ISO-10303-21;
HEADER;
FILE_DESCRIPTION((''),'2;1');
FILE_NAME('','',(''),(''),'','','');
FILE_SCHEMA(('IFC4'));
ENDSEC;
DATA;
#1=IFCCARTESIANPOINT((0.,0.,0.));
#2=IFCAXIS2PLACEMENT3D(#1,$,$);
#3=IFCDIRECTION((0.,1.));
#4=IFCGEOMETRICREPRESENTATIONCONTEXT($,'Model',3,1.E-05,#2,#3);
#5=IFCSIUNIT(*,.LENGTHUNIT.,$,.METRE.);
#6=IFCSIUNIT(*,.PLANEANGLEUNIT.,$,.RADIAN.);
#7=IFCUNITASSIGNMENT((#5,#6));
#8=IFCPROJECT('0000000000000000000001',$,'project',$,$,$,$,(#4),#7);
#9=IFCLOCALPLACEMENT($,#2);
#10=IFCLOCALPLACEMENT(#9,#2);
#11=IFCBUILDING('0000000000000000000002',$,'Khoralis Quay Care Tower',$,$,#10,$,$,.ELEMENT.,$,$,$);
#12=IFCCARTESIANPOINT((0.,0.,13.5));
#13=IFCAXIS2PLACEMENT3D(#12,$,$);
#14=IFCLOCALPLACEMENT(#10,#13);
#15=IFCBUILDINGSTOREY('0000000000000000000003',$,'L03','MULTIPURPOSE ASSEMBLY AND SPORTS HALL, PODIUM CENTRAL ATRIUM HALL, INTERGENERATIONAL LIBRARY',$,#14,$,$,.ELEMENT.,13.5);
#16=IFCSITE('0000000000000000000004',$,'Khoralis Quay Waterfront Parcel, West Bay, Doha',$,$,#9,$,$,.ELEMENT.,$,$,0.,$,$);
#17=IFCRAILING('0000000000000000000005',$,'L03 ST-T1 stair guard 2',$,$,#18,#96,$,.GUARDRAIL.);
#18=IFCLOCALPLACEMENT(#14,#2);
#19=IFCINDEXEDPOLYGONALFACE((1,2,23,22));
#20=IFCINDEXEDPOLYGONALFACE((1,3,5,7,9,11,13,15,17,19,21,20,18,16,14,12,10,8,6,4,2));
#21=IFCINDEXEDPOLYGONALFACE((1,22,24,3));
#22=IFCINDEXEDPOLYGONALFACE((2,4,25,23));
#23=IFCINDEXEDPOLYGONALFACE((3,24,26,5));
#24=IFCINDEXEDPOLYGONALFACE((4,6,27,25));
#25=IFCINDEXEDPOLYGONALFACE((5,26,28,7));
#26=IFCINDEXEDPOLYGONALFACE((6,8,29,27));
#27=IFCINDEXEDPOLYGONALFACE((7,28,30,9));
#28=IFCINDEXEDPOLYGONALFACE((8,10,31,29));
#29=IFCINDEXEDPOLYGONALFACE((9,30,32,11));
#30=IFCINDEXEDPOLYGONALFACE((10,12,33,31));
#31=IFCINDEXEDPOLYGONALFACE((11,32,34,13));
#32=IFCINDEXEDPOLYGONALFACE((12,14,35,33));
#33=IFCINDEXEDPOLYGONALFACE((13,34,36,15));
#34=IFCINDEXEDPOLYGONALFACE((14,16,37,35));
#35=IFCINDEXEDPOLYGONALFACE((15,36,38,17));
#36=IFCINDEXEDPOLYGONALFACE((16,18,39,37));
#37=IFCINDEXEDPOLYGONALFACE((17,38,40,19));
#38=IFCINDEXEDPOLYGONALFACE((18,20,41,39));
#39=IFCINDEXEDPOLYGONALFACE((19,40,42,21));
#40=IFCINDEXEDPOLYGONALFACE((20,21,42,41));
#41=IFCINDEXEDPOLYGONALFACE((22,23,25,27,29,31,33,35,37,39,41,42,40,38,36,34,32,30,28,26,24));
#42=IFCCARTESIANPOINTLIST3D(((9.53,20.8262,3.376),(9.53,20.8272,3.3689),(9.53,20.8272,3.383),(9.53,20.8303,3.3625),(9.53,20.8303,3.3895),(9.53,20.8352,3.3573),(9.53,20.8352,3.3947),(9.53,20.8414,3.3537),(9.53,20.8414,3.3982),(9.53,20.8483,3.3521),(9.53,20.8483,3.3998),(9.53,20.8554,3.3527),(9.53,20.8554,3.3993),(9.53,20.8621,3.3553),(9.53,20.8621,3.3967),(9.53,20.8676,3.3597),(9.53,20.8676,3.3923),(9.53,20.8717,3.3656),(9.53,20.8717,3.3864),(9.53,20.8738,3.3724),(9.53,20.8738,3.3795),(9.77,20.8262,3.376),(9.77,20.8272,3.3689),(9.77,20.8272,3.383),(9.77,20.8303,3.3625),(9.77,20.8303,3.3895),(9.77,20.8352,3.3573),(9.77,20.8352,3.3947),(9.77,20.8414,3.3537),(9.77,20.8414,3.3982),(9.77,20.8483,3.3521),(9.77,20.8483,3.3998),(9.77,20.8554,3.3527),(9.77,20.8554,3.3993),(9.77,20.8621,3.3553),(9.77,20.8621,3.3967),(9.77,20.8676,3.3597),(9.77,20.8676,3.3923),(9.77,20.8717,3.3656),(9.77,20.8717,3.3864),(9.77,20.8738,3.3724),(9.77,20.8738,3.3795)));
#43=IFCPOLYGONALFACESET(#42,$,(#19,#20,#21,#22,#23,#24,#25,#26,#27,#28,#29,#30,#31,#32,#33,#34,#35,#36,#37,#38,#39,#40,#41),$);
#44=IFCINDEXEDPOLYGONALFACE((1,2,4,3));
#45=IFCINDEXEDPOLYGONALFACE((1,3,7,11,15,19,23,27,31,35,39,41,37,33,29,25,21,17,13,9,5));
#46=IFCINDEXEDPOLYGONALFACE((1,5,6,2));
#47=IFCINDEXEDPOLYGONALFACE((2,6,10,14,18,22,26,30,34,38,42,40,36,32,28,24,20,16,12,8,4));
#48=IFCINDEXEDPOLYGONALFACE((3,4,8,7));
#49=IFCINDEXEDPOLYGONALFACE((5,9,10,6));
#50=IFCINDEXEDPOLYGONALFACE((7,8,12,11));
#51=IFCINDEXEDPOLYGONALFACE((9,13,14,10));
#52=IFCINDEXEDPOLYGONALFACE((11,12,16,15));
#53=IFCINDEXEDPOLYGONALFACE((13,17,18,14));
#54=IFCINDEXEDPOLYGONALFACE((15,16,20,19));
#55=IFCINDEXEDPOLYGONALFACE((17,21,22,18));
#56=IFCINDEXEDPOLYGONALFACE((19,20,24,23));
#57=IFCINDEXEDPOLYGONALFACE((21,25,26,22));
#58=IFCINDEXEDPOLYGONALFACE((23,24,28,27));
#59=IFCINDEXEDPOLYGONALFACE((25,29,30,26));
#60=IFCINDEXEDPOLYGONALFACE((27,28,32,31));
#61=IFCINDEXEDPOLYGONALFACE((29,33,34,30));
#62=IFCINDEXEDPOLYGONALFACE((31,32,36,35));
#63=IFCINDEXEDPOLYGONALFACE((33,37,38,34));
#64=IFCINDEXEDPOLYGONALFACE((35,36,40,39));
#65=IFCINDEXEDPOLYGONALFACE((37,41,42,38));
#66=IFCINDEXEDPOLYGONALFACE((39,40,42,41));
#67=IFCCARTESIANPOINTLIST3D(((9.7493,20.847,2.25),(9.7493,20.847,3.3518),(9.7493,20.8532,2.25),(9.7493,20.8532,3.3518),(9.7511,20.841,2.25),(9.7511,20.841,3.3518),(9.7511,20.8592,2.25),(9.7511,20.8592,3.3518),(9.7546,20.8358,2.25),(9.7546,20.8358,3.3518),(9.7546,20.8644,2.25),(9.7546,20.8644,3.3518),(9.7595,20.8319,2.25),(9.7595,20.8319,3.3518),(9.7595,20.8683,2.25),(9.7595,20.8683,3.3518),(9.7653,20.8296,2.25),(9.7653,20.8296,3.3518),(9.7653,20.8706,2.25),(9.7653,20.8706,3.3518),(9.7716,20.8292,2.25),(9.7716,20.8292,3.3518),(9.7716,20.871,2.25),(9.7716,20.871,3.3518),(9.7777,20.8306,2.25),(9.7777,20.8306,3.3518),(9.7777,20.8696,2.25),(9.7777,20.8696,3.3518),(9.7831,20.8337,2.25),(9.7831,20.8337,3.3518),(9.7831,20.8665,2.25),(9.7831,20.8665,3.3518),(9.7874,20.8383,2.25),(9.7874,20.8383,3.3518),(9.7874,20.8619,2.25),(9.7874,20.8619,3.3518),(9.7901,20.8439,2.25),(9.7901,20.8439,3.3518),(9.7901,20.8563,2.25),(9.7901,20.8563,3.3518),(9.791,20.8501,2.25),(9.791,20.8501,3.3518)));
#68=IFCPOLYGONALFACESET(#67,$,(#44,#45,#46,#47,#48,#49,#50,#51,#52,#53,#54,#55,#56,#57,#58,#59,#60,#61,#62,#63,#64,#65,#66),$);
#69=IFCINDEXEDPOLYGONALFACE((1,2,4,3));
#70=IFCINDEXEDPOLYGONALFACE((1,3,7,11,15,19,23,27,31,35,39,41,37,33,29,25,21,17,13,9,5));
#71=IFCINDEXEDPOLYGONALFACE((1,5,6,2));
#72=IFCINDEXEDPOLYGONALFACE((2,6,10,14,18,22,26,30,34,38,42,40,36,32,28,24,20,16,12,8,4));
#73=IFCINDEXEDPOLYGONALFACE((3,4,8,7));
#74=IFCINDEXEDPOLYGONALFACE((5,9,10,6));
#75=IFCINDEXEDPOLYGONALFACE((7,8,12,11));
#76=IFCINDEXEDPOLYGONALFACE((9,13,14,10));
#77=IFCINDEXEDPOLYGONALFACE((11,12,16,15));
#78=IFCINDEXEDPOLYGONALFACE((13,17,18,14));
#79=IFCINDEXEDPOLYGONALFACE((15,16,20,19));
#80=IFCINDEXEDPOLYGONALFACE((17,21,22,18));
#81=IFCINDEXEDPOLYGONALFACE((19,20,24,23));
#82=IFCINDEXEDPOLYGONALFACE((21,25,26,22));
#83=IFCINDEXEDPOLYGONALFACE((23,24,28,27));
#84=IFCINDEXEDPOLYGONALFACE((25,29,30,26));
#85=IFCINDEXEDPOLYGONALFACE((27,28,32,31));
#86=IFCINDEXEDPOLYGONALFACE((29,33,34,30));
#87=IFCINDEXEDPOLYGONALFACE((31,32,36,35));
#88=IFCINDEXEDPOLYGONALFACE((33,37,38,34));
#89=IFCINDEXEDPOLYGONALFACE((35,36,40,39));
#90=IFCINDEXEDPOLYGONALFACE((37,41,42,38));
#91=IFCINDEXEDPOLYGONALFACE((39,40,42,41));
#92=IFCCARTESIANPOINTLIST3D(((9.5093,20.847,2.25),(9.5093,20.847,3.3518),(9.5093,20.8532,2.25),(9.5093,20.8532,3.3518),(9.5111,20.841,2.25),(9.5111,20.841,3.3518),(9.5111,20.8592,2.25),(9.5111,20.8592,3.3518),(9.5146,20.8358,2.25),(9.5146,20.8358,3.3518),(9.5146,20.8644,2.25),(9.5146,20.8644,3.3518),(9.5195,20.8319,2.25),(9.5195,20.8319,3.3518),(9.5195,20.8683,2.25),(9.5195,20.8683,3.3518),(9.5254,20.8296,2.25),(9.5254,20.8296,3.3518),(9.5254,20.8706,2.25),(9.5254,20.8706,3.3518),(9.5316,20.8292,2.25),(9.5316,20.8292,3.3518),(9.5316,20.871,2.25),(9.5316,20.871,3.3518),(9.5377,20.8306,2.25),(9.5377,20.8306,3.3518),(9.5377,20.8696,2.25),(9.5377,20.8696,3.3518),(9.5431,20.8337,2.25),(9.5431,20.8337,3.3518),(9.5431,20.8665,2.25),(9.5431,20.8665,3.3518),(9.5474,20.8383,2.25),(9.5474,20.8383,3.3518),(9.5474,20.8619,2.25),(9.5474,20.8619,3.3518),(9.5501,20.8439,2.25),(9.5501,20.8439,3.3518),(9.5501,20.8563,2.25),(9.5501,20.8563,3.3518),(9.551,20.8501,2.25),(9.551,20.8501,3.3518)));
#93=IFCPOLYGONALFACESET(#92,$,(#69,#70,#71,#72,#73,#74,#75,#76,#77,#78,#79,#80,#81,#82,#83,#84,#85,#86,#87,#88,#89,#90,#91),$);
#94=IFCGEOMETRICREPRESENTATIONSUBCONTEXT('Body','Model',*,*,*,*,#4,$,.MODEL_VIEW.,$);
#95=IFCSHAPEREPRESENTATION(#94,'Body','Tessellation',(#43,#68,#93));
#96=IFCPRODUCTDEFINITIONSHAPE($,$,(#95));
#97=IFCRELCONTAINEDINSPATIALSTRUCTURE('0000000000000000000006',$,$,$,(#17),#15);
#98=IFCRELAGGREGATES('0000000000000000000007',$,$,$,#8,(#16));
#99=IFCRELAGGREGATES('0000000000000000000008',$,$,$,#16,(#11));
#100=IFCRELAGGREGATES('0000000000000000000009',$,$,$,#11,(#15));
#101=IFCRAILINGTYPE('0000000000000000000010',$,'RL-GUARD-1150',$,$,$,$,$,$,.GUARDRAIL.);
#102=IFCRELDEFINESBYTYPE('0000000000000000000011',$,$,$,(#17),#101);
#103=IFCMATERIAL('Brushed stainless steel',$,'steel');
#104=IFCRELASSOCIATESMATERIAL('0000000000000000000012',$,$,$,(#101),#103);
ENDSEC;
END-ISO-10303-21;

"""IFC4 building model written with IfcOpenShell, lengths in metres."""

from ifc_helpers import new_model, si_unit, direction, frame, origin, origin_2d, place, context, subcontext, project, spatial, circle, extrude, material, type_object, element, save


model = new_model("IFC4")

# Units and contexts
model_context = context("Model", 3, precision=1e-05, world=origin(), true_north=direction((0.0, 1.0)))
body_context = subcontext(model_context, "Body", "Model", "MODEL_VIEW")
ifc_project = project(units=[si_unit("LENGTHUNIT", "METRE"), si_unit("PLANEANGLEUNIT", "RADIAN")], contexts=[model_context])

# Site, building, storey
site_placement = place(None, origin())
site = spatial("IfcSite", under=ifc_project, at=site_placement, Name="Khoralis Quay Waterfront Parcel, West Bay, Doha", CompositionType="ELEMENT", RefElevation=0.0)
building_placement = place(site_placement, origin())
building = spatial("IfcBuilding", under=site, at=building_placement, Name="Khoralis Quay Care Tower", CompositionType="ELEMENT")
storey_placement = place(building_placement, frame((0.0, 0.0, 13.5)))
storey = spatial("IfcBuildingStorey", under=building, at=storey_placement, Name="L03", Description="MULTIPURPOSE ASSEMBLY AND SPORTS HALL, PODIUM CENTRAL ATRIUM HALL, INTERGENERATIONAL LIBRARY", CompositionType="ELEMENT", Elevation=13.5)

# Shared definitions
ifc_material_1 = material(Name="Brushed stainless steel", Category="steel")

# Railing
railing_type_1 = type_object("IfcRailingType", Name="RL-GUARD-1150", PredefinedType="GUARDRAIL", material=ifc_material_1)
railing_1_placement = place(storey_placement, frame((9.77, 20.8501, 2.25)))
element("IfcRailing", 1, at=railing_1_placement, inside=storey, type_object=railing_type_1, Name="L03 ST-T1 stair guard 2", PredefinedType="GUARDRAIL", context=body_context, shape_type="SweptSolid", body=[
    extrude(circle(Radius=0.0239, at=origin_2d()), frame((0.0, 0.0, 1.126), z_axis=(-1.0, 0.0, 0.0), x_axis=(0.0, -1.0, 0.0)), (0.0, 0.0, 1.0), 0.24),
    extrude(circle(Radius=0.021, at=origin_2d()), origin(), (0.0, 0.0, 1.0), 1.1018),
    extrude(circle(Radius=0.021, at=origin_2d()), frame((-0.24, 0.0, 0.0)), (0.0, 0.0, 1.0), 1.1018),
])

save(model, "model.ifc")
